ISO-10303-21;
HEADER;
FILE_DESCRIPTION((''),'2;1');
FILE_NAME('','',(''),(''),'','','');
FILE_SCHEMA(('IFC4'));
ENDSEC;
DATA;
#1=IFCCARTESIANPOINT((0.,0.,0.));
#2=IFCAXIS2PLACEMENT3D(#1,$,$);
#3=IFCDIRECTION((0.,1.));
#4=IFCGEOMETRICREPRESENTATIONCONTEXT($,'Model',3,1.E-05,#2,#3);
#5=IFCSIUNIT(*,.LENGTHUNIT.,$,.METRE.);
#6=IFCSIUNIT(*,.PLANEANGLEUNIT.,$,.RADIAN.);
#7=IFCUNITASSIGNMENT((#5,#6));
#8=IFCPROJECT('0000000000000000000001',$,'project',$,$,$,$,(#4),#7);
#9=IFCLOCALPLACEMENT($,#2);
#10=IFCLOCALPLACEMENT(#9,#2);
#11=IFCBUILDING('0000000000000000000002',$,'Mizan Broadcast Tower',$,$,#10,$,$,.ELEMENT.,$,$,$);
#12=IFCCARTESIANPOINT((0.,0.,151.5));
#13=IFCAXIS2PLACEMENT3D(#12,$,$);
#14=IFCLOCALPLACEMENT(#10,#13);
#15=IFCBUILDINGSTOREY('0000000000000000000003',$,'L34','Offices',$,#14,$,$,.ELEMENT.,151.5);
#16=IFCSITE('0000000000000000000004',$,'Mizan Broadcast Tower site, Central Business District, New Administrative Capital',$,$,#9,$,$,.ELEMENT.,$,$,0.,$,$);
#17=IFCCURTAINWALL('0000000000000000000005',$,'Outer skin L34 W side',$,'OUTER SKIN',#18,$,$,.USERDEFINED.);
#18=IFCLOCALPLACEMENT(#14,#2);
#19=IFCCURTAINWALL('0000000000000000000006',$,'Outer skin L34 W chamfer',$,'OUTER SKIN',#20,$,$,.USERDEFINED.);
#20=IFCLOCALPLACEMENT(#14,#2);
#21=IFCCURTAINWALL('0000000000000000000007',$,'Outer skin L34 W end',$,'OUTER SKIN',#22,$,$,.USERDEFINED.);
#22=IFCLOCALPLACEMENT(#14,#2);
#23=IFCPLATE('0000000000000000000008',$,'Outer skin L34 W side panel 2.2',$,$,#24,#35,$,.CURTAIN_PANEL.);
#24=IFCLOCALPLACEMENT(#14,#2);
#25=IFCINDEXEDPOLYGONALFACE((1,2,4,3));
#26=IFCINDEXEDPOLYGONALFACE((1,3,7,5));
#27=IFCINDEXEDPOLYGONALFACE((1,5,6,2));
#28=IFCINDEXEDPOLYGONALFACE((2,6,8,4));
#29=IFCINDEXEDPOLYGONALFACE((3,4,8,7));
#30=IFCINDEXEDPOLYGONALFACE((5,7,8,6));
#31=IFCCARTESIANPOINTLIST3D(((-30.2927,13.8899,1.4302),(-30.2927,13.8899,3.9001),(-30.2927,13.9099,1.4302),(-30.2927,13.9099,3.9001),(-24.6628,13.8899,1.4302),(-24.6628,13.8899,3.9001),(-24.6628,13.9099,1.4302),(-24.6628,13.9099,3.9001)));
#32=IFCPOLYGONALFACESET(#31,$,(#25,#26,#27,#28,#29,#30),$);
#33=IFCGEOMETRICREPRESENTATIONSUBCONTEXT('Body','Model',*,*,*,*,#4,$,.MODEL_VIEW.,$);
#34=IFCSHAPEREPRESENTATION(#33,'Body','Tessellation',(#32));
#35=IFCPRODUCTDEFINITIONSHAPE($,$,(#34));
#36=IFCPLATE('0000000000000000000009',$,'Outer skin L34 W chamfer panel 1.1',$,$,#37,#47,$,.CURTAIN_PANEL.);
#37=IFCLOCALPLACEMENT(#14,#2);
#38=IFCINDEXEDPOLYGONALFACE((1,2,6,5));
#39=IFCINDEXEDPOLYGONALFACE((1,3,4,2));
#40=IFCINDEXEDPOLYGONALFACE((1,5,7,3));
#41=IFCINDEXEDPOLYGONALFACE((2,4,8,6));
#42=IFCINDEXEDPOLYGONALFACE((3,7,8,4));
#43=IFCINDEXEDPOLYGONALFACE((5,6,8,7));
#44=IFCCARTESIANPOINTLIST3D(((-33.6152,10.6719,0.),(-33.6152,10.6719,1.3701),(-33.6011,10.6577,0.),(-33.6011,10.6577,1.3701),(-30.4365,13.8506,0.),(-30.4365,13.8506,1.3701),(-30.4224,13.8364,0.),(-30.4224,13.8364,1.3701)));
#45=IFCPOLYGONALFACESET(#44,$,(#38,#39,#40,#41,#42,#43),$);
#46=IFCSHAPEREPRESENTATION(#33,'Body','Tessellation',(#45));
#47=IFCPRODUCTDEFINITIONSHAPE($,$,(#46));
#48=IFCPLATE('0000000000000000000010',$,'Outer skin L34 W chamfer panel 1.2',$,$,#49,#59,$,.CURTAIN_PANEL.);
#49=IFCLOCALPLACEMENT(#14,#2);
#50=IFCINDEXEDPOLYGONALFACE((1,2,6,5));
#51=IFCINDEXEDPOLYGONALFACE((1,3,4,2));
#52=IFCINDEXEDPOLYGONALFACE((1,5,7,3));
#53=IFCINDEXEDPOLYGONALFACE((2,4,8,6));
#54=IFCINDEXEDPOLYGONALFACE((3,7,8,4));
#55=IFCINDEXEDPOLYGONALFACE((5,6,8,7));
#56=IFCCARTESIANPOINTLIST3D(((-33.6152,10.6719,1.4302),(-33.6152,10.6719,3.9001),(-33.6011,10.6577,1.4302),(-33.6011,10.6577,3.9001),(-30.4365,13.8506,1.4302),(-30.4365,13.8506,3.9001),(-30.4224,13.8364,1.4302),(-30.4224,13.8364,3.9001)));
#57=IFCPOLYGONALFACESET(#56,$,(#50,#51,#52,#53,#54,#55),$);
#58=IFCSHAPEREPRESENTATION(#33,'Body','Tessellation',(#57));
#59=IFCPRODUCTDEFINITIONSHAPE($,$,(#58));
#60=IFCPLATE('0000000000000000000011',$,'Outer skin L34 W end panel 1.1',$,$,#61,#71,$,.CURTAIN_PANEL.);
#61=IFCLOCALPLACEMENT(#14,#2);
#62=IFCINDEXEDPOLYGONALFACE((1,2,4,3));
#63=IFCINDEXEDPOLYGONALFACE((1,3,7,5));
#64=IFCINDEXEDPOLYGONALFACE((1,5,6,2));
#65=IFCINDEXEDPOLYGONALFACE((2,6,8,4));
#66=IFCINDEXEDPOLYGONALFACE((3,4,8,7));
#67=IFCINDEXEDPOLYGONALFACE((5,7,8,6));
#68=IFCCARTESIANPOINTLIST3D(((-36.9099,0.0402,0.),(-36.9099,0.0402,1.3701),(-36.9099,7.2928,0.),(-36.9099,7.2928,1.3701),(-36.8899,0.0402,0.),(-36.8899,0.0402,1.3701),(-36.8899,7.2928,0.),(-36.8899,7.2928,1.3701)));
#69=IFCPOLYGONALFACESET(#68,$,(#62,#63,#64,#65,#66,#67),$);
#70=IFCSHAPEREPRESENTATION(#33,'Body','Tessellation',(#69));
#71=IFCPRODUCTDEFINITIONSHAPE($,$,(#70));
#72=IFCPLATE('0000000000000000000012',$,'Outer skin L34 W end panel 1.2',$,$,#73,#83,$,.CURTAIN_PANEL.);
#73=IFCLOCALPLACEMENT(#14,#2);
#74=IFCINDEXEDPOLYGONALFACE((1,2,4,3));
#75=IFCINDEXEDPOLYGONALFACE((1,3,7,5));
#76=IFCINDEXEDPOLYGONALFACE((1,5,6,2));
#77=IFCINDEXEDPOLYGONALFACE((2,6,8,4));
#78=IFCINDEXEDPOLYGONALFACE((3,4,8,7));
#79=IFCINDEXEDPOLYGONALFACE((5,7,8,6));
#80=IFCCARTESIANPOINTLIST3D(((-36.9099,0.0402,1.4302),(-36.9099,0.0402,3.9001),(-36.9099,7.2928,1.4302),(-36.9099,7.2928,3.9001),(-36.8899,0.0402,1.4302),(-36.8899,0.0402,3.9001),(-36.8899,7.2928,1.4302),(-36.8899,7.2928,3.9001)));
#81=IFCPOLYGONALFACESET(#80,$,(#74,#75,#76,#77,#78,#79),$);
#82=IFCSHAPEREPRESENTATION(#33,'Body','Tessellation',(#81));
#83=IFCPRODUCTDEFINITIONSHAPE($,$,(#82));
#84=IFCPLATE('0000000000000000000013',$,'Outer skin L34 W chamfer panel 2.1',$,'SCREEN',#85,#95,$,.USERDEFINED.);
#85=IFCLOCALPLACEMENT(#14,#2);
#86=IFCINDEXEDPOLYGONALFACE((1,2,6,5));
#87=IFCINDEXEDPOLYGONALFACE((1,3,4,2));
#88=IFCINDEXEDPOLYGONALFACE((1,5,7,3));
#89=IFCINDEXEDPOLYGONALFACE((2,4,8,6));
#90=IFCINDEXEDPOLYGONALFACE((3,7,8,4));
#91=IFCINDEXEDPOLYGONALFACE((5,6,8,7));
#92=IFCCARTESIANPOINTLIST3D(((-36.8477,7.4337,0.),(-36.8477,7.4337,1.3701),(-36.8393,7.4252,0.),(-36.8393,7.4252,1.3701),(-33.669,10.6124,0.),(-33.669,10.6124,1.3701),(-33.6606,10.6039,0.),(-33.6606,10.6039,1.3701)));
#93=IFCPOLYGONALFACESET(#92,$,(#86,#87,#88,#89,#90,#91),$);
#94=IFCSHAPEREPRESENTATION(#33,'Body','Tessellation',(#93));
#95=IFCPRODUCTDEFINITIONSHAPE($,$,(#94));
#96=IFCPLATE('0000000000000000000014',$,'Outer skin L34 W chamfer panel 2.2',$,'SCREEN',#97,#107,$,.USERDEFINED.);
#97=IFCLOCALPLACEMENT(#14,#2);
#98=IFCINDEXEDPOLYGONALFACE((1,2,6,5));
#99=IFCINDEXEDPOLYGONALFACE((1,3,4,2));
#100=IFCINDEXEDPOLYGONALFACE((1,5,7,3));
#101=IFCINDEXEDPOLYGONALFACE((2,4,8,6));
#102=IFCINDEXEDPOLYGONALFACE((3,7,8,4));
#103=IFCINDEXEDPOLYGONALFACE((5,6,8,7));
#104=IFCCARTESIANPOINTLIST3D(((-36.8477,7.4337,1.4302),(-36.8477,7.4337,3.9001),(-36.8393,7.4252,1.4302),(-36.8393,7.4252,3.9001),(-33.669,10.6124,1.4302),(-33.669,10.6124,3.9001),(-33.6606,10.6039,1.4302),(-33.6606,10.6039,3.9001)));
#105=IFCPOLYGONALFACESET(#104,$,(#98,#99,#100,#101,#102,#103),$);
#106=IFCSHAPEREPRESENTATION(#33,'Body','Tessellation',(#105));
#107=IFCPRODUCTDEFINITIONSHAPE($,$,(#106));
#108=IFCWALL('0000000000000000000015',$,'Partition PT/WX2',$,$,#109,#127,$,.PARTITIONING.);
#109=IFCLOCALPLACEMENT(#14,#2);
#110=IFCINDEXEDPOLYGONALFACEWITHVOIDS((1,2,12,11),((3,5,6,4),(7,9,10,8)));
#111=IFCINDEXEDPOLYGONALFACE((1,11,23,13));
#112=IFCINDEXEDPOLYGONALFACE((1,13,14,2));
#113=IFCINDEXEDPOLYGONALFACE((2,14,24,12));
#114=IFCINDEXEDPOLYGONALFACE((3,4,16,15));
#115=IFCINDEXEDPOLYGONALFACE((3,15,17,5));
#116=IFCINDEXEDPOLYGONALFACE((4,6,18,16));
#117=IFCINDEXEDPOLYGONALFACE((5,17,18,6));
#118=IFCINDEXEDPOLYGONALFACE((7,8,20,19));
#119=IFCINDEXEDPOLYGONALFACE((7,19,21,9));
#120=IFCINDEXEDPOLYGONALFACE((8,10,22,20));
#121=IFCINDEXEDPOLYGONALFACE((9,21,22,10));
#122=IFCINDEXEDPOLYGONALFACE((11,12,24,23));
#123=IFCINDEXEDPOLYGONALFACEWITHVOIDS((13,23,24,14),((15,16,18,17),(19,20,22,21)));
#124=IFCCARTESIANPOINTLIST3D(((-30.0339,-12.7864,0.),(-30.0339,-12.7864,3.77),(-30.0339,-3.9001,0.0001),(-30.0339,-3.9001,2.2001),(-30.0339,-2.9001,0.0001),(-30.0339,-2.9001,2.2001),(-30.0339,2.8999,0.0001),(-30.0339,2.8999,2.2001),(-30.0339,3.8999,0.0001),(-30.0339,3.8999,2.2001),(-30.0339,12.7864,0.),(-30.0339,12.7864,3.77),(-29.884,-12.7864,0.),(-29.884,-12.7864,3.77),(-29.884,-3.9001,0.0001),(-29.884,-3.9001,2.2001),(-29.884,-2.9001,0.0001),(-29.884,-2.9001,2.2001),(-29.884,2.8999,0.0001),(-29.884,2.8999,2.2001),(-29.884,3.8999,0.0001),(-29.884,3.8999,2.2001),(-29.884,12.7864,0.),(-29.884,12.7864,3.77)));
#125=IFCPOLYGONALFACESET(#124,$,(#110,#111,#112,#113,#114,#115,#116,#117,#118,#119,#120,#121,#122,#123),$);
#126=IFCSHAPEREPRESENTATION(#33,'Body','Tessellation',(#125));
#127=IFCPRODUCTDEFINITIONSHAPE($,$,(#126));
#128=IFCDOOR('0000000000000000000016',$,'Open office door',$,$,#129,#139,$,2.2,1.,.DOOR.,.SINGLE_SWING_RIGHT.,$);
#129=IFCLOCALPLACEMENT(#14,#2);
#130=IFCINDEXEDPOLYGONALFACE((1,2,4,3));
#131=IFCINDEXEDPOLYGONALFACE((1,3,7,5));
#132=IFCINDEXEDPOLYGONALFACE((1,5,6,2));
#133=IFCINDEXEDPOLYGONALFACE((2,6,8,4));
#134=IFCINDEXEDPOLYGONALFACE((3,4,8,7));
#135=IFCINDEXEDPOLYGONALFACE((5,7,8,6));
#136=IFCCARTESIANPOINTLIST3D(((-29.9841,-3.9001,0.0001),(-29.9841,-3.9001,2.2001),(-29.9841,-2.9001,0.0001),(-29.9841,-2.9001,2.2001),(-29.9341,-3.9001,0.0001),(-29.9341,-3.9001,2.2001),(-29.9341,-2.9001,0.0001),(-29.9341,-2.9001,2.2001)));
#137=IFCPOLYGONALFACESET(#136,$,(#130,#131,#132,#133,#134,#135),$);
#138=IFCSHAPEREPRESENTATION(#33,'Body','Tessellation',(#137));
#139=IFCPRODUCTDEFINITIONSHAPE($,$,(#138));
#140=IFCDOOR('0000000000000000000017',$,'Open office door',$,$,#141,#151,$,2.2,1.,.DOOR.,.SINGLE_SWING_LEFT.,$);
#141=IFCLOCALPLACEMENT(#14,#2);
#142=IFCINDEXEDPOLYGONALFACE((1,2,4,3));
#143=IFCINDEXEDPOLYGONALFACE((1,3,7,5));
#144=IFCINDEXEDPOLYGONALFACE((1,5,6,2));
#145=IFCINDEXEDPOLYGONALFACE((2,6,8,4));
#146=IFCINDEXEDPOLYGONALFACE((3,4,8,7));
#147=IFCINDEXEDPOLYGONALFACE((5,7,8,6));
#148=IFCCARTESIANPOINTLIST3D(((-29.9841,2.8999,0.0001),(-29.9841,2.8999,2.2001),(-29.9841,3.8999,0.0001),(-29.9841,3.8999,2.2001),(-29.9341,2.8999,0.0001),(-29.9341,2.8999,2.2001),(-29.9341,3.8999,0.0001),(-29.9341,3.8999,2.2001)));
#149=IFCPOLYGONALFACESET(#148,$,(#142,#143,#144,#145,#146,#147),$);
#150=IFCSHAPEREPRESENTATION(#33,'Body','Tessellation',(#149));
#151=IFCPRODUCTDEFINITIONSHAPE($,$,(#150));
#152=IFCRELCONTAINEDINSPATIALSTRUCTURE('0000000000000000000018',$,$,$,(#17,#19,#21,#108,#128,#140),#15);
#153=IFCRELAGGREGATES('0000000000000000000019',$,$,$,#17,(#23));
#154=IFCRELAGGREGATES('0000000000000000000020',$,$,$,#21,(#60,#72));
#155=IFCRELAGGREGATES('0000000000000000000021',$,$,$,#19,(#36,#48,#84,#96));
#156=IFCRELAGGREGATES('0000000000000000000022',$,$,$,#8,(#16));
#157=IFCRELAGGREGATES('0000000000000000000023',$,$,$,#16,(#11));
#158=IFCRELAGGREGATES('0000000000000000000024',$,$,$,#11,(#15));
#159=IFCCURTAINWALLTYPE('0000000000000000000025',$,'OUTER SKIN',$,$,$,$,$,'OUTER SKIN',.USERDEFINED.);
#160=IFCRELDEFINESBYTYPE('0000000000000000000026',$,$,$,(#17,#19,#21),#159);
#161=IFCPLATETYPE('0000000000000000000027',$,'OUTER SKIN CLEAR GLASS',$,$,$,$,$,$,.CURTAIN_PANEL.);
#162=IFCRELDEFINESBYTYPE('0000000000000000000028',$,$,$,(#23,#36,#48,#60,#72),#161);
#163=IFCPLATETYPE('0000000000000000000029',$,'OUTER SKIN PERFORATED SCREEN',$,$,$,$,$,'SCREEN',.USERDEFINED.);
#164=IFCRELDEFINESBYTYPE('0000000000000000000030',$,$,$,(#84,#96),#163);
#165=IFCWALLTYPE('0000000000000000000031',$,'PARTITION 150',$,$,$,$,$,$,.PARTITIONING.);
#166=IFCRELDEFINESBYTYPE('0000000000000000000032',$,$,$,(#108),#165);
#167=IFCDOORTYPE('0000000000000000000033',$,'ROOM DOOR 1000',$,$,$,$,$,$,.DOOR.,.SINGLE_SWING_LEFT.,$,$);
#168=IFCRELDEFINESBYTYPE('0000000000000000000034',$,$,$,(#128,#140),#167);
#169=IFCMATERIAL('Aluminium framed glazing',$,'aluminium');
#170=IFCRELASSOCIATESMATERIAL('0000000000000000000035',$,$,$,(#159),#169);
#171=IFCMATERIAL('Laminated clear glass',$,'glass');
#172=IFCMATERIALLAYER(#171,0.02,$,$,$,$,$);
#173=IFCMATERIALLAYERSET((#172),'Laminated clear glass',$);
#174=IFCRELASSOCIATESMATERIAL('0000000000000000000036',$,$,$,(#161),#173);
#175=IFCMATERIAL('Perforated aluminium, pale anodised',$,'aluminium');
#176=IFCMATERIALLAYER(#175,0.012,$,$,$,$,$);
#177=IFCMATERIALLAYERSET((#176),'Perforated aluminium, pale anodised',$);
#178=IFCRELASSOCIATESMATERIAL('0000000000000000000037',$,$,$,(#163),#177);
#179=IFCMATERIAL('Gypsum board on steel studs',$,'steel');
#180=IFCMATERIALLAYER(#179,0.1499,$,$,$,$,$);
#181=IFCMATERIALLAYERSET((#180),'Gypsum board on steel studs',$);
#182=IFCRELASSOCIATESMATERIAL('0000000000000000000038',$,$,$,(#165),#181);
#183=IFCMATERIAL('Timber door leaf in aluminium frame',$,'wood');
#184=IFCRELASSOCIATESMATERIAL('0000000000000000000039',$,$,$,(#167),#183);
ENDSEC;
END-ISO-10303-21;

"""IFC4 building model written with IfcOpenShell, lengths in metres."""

from ifc_helpers import new_model, si_unit, direction, frame, frame_2d, origin, origin_2d, place, context, subcontext, project, spatial, rectangle, extrude, material, layer, layer_set, type_object, element, fill, aggregate, save


model = new_model("IFC4")

# Units and contexts
model_context = context("Model", 3, precision=1e-05, world=origin(), true_north=direction((0.0, 1.0)))
body_context = subcontext(model_context, "Body", "Model", "MODEL_VIEW")
ifc_project = project(units=[si_unit("LENGTHUNIT", "METRE"), si_unit("PLANEANGLEUNIT", "RADIAN")], contexts=[model_context])

# Site, building, storey
site_placement = place(None, origin())
site = spatial("IfcSite", under=ifc_project, at=site_placement, Name="Mizan Broadcast Tower site, Central Business District, New Administrative Capital", CompositionType="ELEMENT", RefElevation=0.0)
building_placement = place(site_placement, origin())
building = spatial("IfcBuilding", under=site, at=building_placement, Name="Mizan Broadcast Tower", CompositionType="ELEMENT")
storey_placement = place(building_placement, frame((0.0, 0.0, 151.5)))
storey = spatial("IfcBuildingStorey", under=building, at=storey_placement, Name="L34", Description="Offices", CompositionType="ELEMENT", Elevation=151.5)

# Curtain wall
ifc_material_1 = material(Name="Aluminium framed glazing", Category="aluminium")
curtain_wall_type_1 = type_object("IfcCurtainWallType", Name="OUTER SKIN", ElementType="OUTER SKIN", PredefinedType="USERDEFINED", material=ifc_material_1)
curtain_wall_1_placement = place(storey_placement, origin())
curtain_wall_1 = element("IfcCurtainWall", 1, at=curtain_wall_1_placement, inside=storey, type_object=curtain_wall_type_1, Name="Outer skin L34 W side", ObjectType="OUTER SKIN", PredefinedType="USERDEFINED")

# Curtain wall
curtain_wall_2_placement = place(storey_placement, origin())
curtain_wall_2 = element("IfcCurtainWall", 2, at=curtain_wall_2_placement, inside=storey, type_object=curtain_wall_type_1, Name="Outer skin L34 W chamfer", ObjectType="OUTER SKIN", PredefinedType="USERDEFINED")

# Curtain wall
curtain_wall_3_placement = place(storey_placement, origin())
curtain_wall_3 = element("IfcCurtainWall", 3, at=curtain_wall_3_placement, inside=storey, type_object=curtain_wall_type_1, Name="Outer skin L34 W end", ObjectType="OUTER SKIN", PredefinedType="USERDEFINED")

# Plates
ifc_material_2 = material(Name="Laminated clear glass", Category="glass")
ifc_layer_1 = layer(ifc_material_2, 0.02)
ifc_layer_set_1 = layer_set([ifc_layer_1], Name="Laminated clear glass")
plate_type_1 = type_object("IfcPlateType", Name="OUTER SKIN CLEAR GLASS", PredefinedType="CURTAIN_PANEL", material=ifc_layer_set_1)
plate_1_placement = place(storey_placement, frame((-27.4778, 13.8999, 1.4302), z_axis=(0.0, 0.0, 1.0), x_axis=(-1.0, 0.0, 0.0)))
plate_1 = element("IfcPlate", 4, at=plate_1_placement, type_object=plate_type_1, Name="Outer skin L34 W side panel 2.2", PredefinedType="CURTAIN_PANEL", context=body_context, shape_type="SweptSolid", body=[
    extrude(rectangle(XDim=5.6299, YDim=0.02, at=origin_2d()), origin(), (0.0, 0.0, 1.0), 2.47),
])
aggregate(curtain_wall_1, [plate_1])
plate_2_placement = place(storey_placement, frame((-32.0188, 12.2542, 0.0), z_axis=(0.0, 0.0, 1.0), x_axis=(-0.707107, -0.707107, 0.0)))
plate_2 = element("IfcPlate", 5, at=plate_2_placement, type_object=plate_type_1, Name="Outer skin L34 W chamfer panel 1.1", PredefinedType="CURTAIN_PANEL", context=body_context, shape_type="SweptSolid", body=[
    extrude(rectangle(XDim=4.4954, YDim=0.02, at=origin_2d()), origin(), (0.0, 0.0, 1.0), 1.3701),
])
plate_3_placement = place(storey_placement, frame((-32.0188, 12.2542, 1.4302), z_axis=(0.0, 0.0, 1.0), x_axis=(-0.707107, -0.707107, 0.0)))
plate_3 = element("IfcPlate", 6, at=plate_3_placement, type_object=plate_type_1, Name="Outer skin L34 W chamfer panel 1.2", PredefinedType="CURTAIN_PANEL", context=body_context, shape_type="SweptSolid", body=[
    extrude(rectangle(XDim=4.4954, YDim=0.02, at=origin_2d()), origin(), (0.0, 0.0, 1.0), 2.47),
])
plate_4_placement = place(storey_placement, frame((-36.8999, 3.6665, 0.0), z_axis=(0.0, 0.0, 1.0), x_axis=(0.0, -1.0, 0.0)))
plate_4 = element("IfcPlate", 7, at=plate_4_placement, type_object=plate_type_1, Name="Outer skin L34 W end panel 1.1", PredefinedType="CURTAIN_PANEL", context=body_context, shape_type="SweptSolid", body=[
    extrude(rectangle(XDim=7.2527, YDim=0.02, at=origin_2d()), origin(), (0.0, 0.0, 1.0), 1.3701),
])
plate_5_placement = place(storey_placement, frame((-36.8999, 3.6665, 1.4302), z_axis=(0.0, 0.0, 1.0), x_axis=(0.0, -1.0, 0.0)))
plate_5 = element("IfcPlate", 8, at=plate_5_placement, type_object=plate_type_1, Name="Outer skin L34 W end panel 1.2", PredefinedType="CURTAIN_PANEL", context=body_context, shape_type="SweptSolid", body=[
    extrude(rectangle(XDim=7.2527, YDim=0.02, at=origin_2d()), origin(), (0.0, 0.0, 1.0), 2.47),
])
aggregate(curtain_wall_3, [plate_4, plate_5])
ifc_material_3 = material(Name="Perforated aluminium, pale anodised", Category="aluminium")
ifc_layer_2 = layer(ifc_material_3, 0.012)
ifc_layer_set_2 = layer_set([ifc_layer_2], Name="Perforated aluminium, pale anodised")
plate_type_2 = type_object("IfcPlateType", Name="OUTER SKIN PERFORATED SCREEN", ElementType="SCREEN", PredefinedType="USERDEFINED", material=ifc_layer_set_2)
plate_6_placement = place(storey_placement, frame((-35.2542, 9.0188, 0.0), z_axis=(0.0, 0.0, 1.0), x_axis=(-0.707107, -0.707107, 0.0)))
plate_6 = element("IfcPlate", 9, at=plate_6_placement, type_object=plate_type_2, Name="Outer skin L34 W chamfer panel 2.1", ObjectType="SCREEN", PredefinedType="USERDEFINED", context=body_context, shape_type="SweptSolid", body=[
    extrude(rectangle(XDim=4.4954, YDim=0.012, at=origin_2d()), origin(), (0.0, 0.0, 1.0), 1.3701),
])
plate_7_placement = place(storey_placement, frame((-35.2542, 9.0188, 1.4302), z_axis=(0.0, 0.0, 1.0), x_axis=(-0.707107, -0.707107, 0.0)))
plate_7 = element("IfcPlate", 10, at=plate_7_placement, type_object=plate_type_2, Name="Outer skin L34 W chamfer panel 2.2", ObjectType="SCREEN", PredefinedType="USERDEFINED", context=body_context, shape_type="SweptSolid", body=[
    extrude(rectangle(XDim=4.4954, YDim=0.012, at=origin_2d()), origin(), (0.0, 0.0, 1.0), 2.47),
])
aggregate(curtain_wall_2, [plate_2, plate_3, plate_6, plate_7])

# Wall, openings, doors
ifc_material_4 = material(Name="Gypsum board on steel studs", Category="steel")
ifc_layer_3 = layer(ifc_material_4, 0.1499)
ifc_layer_set_3 = layer_set([ifc_layer_3], Name="Gypsum board on steel studs")
wall_type = type_object("IfcWallType", Name="PARTITION 150", PredefinedType="PARTITIONING", material=ifc_layer_set_3)
wall_placement = place(storey_placement, frame((-29.959, 12.7864, 0.0), z_axis=(0.0, 0.0, 1.0), x_axis=(0.0, -1.0, 0.0)))
wall = element("IfcWall", 11, at=wall_placement, inside=storey, type_object=wall_type, Name="Partition PT/WX2", PredefinedType="PARTITIONING", context=body_context, shape_type="SweptSolid", body=[
    extrude(rectangle(XDim=25.5728, YDim=0.1499, at=frame_2d((12.7864, 0.0))), origin(), (0.0, 0.0, 1.0), 3.77),
])
opening_1_placement = place(wall_placement, frame((15.6865, 0.0, 0.0)))
opening_1 = element("IfcOpeningElement", 12, at=opening_1_placement, cuts=wall, PredefinedType="OPENING", context=body_context, shape_type="SweptSolid", body=[
    extrude(rectangle(XDim=1.0, YDim=2.2, at=frame_2d((0.5, 1.1001))), frame((0.0, 0.085, 0.0), z_axis=(0.0, -1.0, 0.0), x_axis=(1.0, 0.0, 0.0)), (0.0, 0.0, 1.0), 0.1699),
])
opening_2_placement = place(wall_placement, frame((8.8865, 0.0, 0.0)))
opening_2 = element("IfcOpeningElement", 13, at=opening_2_placement, cuts=wall, PredefinedType="OPENING", context=body_context, shape_type="SweptSolid", body=[
    extrude(rectangle(XDim=1.0, YDim=2.2, at=frame_2d((0.5, 1.1001))), frame((0.0, 0.085, 0.0), z_axis=(0.0, -1.0, 0.0), x_axis=(1.0, 0.0, 0.0)), (0.0, 0.0, 1.0), 0.1699),
])
ifc_material_5 = material(Name="Timber door leaf in aluminium frame", Category="wood")
door_type = type_object("IfcDoorType", Name="ROOM DOOR 1000", OperationType="SINGLE_SWING_LEFT", PredefinedType="DOOR", material=ifc_material_5)
door_1_placement = place(opening_1_placement, origin())
door_1 = element("IfcDoor", 14, at=door_1_placement, inside=storey, type_object=door_type, Name="Open office door", OperationType="SINGLE_SWING_RIGHT", OverallHeight=2.2, OverallWidth=1.0, PredefinedType="DOOR", context=body_context, shape_type="SweptSolid", body=[
    extrude(rectangle(XDim=1.0, YDim=2.2, at=frame_2d((0.5, 1.1001))), frame((0.0, 0.0249, 0.0), z_axis=(0.0, -1.0, 0.0), x_axis=(1.0, 0.0, 0.0)), (0.0, 0.0, 1.0), 0.05),
])
fill(opening_1, door_1)
door_2_placement = place(opening_2_placement, origin())
door_2 = element("IfcDoor", 15, at=door_2_placement, inside=storey, type_object=door_type, Name="Open office door", OperationType="SINGLE_SWING_LEFT", OverallHeight=2.2, OverallWidth=1.0, PredefinedType="DOOR", context=body_context, shape_type="SweptSolid", body=[
    extrude(rectangle(XDim=1.0, YDim=2.2, at=frame_2d((0.5, 1.1001))), frame((0.0, 0.0249, 0.0), z_axis=(0.0, -1.0, 0.0), x_axis=(1.0, 0.0, 0.0)), (0.0, 0.0, 1.0), 0.05),
])
fill(opening_2, door_2)

save(model, "model.ifc")
